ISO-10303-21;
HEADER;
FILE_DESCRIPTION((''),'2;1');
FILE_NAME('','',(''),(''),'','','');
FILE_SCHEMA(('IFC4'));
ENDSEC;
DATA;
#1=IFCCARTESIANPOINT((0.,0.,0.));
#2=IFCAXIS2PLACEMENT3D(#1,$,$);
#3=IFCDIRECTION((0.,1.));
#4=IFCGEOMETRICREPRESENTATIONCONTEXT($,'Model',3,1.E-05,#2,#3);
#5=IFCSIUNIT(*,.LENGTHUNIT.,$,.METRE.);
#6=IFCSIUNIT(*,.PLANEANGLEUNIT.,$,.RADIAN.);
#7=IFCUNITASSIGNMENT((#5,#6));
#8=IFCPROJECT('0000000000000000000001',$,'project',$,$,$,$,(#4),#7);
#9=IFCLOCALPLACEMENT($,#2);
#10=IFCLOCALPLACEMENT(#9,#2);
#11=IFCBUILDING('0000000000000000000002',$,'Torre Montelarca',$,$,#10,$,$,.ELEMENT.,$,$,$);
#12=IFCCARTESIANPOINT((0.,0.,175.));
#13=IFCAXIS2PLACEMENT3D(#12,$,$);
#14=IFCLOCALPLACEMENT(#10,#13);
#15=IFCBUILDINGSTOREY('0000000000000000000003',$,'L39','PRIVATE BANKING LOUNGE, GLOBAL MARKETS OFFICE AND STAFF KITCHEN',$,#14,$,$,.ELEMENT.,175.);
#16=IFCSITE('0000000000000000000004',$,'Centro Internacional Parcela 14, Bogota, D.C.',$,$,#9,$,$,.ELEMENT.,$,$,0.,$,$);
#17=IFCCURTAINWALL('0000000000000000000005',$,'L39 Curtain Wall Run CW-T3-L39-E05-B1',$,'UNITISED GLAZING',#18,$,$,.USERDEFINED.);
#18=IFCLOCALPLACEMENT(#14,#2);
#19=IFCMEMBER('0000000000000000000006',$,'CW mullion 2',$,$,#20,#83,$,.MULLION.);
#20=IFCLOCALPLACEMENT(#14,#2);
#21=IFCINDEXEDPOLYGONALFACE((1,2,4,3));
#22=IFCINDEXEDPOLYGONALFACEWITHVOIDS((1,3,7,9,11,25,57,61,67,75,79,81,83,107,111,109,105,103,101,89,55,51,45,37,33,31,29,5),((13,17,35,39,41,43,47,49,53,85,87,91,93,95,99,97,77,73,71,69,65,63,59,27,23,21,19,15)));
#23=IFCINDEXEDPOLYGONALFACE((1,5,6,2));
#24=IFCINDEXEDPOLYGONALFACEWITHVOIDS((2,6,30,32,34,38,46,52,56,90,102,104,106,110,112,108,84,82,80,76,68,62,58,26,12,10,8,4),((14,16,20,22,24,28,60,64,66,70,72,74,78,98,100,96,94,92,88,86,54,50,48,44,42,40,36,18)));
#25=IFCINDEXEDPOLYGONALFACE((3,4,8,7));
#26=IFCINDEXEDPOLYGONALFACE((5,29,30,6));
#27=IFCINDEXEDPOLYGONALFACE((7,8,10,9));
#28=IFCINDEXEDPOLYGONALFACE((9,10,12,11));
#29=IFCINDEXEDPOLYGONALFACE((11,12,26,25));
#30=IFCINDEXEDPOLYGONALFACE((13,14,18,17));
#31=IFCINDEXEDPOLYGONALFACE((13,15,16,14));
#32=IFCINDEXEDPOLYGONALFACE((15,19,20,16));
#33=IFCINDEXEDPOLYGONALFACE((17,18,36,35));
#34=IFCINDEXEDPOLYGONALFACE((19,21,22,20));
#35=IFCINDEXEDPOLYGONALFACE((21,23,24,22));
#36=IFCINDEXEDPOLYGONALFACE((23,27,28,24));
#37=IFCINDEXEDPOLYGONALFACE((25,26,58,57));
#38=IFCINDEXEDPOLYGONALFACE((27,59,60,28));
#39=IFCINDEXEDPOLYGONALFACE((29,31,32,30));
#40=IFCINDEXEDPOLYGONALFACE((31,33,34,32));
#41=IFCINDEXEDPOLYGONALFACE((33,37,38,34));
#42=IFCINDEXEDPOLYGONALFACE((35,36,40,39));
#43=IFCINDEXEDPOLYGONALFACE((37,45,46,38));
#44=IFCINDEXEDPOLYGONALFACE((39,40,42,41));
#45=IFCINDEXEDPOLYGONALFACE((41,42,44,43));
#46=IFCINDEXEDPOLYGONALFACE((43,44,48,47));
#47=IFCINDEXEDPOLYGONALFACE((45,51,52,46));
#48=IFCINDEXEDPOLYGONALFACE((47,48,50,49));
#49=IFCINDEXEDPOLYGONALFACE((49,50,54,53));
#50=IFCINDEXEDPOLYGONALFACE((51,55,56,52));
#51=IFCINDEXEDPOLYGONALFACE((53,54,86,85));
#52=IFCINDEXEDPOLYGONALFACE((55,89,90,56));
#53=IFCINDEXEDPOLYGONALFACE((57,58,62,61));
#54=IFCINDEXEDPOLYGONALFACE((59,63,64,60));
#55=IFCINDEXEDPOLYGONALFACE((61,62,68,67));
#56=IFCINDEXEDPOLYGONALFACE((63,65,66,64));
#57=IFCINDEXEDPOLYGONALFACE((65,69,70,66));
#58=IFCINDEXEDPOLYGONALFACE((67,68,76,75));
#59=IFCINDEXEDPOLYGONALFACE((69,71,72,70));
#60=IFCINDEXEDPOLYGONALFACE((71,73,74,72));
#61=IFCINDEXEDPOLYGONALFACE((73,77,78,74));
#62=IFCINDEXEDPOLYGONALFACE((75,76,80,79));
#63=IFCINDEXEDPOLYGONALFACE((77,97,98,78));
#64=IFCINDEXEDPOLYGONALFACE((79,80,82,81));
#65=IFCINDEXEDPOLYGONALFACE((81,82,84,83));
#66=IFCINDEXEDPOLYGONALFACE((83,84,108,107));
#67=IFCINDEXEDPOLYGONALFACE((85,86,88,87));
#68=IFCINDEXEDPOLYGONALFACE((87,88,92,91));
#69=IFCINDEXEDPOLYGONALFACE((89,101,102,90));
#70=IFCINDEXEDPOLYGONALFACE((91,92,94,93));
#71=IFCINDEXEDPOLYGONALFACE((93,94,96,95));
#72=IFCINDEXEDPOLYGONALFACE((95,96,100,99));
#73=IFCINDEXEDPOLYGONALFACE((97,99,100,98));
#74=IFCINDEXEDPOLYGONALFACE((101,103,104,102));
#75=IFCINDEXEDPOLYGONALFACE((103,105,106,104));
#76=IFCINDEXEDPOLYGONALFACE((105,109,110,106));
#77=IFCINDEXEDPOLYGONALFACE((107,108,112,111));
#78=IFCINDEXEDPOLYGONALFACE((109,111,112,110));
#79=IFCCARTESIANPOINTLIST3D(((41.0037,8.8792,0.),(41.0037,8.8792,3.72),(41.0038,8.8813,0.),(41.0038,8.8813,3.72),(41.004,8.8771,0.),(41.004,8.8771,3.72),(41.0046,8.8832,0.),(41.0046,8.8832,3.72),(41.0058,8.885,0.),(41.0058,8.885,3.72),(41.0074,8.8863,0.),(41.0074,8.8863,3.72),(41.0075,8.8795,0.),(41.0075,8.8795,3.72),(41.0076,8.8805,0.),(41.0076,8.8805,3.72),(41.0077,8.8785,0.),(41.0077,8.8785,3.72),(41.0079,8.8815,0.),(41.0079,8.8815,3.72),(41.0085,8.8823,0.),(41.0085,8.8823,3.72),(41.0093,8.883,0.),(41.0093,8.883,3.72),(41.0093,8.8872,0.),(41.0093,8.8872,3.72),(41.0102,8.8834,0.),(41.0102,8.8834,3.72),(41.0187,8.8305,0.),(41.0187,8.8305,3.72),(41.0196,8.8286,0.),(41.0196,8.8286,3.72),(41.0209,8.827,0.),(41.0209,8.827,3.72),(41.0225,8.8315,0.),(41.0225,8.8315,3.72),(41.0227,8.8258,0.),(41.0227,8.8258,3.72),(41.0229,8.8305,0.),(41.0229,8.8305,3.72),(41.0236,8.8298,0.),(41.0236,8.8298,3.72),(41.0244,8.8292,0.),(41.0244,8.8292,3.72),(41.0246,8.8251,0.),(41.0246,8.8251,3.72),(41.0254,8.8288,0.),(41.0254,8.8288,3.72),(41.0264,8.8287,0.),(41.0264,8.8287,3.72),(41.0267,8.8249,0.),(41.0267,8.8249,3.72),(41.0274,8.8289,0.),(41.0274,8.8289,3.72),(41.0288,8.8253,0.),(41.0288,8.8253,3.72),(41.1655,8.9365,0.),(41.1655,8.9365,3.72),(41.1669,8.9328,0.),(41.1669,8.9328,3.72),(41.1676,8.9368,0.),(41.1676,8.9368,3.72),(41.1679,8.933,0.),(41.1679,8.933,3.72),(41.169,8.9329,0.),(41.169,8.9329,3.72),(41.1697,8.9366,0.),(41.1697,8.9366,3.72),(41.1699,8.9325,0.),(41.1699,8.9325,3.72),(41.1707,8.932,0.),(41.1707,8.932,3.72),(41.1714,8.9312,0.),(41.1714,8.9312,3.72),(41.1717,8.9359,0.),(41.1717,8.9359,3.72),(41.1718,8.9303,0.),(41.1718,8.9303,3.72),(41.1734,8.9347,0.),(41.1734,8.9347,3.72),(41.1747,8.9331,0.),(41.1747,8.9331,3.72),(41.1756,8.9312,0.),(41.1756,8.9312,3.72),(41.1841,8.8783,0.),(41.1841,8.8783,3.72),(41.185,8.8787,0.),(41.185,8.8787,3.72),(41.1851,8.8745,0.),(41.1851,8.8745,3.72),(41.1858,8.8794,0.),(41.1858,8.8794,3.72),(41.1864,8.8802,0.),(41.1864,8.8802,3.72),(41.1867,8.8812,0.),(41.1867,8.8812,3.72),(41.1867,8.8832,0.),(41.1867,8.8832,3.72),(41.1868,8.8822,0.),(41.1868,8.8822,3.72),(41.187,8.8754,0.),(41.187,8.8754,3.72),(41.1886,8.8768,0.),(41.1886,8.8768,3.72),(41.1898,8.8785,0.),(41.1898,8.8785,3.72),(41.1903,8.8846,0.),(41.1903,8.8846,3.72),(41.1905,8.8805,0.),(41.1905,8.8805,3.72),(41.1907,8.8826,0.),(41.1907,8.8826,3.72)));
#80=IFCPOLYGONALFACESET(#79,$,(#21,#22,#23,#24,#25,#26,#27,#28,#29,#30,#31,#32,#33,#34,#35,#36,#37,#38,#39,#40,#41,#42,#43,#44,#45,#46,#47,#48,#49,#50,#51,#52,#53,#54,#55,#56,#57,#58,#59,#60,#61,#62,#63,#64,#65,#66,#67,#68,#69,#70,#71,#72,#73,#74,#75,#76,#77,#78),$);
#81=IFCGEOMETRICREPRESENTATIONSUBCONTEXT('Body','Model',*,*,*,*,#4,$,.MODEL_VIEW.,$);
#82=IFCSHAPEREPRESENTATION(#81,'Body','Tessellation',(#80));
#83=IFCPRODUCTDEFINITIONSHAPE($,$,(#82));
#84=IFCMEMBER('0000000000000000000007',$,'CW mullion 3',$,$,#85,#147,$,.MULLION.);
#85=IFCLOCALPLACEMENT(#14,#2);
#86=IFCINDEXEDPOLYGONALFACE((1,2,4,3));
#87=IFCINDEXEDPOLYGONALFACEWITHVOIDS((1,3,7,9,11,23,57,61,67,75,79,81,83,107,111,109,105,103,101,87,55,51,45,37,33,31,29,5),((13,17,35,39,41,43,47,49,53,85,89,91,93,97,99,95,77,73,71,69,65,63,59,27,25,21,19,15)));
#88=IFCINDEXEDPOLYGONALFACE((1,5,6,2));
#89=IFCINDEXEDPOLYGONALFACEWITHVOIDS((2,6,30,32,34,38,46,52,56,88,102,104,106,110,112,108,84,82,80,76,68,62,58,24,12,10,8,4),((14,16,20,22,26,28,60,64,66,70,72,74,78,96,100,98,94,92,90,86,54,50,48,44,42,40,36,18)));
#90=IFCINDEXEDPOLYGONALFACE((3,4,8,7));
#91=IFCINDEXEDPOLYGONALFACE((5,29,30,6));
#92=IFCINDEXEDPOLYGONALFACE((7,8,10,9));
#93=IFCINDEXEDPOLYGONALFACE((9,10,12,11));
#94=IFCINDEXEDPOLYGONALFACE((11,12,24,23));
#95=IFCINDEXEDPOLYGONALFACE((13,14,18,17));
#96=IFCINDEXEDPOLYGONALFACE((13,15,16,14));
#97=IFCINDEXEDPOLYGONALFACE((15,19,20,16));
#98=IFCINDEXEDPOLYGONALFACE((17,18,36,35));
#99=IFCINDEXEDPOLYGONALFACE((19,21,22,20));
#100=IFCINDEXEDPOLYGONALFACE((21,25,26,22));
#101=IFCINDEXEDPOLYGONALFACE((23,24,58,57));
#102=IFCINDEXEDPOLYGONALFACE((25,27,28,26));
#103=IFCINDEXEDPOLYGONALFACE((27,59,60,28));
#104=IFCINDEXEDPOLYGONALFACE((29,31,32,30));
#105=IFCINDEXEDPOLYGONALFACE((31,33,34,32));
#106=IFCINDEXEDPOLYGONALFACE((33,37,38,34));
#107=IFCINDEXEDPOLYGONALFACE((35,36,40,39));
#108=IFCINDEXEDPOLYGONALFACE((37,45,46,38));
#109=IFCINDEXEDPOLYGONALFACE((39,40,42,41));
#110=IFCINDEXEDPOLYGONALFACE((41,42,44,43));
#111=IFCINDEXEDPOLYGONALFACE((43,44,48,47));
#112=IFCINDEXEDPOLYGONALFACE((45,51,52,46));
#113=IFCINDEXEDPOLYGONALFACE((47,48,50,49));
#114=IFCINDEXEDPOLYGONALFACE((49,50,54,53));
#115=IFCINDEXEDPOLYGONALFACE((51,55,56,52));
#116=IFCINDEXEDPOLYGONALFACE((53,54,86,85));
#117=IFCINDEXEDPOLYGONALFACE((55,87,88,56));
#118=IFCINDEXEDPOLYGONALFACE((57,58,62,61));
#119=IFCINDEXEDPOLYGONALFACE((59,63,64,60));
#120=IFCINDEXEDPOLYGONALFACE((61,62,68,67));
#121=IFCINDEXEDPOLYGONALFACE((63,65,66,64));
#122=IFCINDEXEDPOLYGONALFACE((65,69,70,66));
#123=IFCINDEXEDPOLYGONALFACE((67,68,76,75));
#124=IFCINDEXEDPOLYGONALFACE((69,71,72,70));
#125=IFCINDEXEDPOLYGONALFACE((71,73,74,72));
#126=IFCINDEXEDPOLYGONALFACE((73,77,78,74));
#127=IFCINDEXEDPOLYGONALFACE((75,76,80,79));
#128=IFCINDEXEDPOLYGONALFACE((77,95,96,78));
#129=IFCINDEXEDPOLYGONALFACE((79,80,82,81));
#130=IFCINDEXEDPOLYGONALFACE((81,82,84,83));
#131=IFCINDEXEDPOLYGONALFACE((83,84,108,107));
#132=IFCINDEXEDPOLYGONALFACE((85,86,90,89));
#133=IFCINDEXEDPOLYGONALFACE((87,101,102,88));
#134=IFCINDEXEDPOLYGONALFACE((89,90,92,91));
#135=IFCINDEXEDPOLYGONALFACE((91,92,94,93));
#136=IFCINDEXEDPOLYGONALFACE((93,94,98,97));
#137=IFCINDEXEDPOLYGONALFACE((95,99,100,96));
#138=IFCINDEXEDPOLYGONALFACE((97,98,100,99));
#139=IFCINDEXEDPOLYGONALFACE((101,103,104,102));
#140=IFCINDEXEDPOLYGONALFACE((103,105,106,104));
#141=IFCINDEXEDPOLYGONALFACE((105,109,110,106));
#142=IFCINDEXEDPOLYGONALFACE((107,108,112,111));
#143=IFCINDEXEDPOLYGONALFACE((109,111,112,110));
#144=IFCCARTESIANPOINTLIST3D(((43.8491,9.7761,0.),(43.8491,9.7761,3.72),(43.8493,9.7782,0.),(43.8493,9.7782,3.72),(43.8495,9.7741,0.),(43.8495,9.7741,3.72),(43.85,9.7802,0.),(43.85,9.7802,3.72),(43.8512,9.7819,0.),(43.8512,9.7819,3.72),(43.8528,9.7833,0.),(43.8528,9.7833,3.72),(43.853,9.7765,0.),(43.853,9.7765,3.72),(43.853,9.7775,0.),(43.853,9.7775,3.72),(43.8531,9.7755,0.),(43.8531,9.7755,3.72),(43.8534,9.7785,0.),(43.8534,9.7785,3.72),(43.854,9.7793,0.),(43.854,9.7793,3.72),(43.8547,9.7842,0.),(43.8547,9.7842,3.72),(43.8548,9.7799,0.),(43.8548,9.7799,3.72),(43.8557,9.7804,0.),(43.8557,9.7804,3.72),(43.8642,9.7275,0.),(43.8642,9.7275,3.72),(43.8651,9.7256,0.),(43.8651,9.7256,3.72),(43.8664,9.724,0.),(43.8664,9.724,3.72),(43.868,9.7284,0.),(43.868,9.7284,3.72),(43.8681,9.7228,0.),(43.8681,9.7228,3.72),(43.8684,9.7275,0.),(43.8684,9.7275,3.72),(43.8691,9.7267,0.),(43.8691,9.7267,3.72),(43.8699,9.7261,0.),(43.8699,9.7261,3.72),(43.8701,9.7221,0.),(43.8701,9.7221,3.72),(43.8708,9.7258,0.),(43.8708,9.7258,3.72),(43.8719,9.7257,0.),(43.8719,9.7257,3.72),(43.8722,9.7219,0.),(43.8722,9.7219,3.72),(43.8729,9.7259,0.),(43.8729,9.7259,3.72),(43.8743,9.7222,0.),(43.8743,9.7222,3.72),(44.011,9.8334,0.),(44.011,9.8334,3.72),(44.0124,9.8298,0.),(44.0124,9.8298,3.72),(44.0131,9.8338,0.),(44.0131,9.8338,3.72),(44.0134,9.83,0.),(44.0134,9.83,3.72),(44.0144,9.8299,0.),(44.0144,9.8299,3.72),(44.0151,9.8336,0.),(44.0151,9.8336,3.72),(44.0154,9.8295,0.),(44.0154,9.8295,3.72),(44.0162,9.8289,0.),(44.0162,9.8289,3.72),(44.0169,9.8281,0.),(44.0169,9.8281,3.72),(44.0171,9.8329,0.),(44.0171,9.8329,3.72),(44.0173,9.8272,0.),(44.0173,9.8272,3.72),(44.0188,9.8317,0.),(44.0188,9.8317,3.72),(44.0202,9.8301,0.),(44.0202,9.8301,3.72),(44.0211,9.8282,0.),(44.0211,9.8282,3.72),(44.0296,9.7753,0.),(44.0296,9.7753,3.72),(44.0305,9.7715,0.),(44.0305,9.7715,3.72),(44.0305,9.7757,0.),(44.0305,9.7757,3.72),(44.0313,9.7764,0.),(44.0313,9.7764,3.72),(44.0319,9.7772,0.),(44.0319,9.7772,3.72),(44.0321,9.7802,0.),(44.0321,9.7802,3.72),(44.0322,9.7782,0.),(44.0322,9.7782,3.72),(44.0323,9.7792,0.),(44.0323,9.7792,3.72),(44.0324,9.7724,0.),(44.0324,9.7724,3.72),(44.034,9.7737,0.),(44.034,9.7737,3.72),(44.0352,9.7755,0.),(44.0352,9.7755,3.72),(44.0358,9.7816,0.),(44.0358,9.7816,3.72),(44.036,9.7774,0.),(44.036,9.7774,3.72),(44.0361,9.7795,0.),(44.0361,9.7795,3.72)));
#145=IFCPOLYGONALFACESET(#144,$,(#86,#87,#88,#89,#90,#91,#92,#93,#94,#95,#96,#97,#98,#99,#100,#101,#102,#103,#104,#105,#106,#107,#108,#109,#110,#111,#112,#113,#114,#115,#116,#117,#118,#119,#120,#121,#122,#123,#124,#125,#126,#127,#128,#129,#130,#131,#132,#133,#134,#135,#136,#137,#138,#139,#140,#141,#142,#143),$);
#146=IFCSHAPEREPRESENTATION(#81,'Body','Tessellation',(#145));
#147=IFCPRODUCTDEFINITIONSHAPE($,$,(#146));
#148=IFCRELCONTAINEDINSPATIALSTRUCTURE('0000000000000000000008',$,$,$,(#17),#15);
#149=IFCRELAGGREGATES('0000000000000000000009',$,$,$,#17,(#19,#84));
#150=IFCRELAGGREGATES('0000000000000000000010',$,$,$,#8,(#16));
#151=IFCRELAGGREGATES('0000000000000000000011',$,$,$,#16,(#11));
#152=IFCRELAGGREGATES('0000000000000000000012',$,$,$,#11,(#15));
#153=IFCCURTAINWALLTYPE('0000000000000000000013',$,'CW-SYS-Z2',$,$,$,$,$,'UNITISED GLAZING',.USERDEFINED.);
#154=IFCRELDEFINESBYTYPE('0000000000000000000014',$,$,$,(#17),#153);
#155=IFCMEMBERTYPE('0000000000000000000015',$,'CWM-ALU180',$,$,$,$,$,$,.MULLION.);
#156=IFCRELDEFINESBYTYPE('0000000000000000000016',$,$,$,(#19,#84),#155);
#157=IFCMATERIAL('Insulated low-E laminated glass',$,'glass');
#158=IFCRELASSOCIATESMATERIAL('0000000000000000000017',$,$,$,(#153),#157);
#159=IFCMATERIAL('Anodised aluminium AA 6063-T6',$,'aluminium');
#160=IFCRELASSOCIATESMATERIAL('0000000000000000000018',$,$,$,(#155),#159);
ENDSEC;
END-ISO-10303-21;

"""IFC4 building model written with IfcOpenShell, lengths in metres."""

from ifc_helpers import new_model, si_unit, direction, frame, origin, origin_2d, place, context, subcontext, project, spatial, hollow_rectangle, extrude, source, transform, mapped, material, material_profile, profile_set, type_object, element, aggregate, save


model = new_model("IFC4")

# Units and contexts
model_context = context("Model", 3, precision=1e-05, world=origin(), true_north=direction((0.0, 1.0)))
body_context = subcontext(model_context, "Body", "Model", "MODEL_VIEW")
ifc_project = project(units=[si_unit("LENGTHUNIT", "METRE"), si_unit("PLANEANGLEUNIT", "RADIAN")], contexts=[model_context])

# Site, building, storey
site_placement = place(None, origin())
site = spatial("IfcSite", under=ifc_project, at=site_placement, Name="Centro Internacional Parcela 14, Bogota, D.C.", CompositionType="ELEMENT", RefElevation=0.0)
building_placement = place(site_placement, origin())
building = spatial("IfcBuilding", under=site, at=building_placement, Name="Torre Montelarca", CompositionType="ELEMENT")
storey_placement = place(building_placement, frame((0.0, 0.0, 175.0)))
storey = spatial("IfcBuildingStorey", under=building, at=storey_placement, Name="L39", Description="PRIVATE BANKING LOUNGE, GLOBAL MARKETS OFFICE AND STAFF KITCHEN", CompositionType="ELEMENT", Elevation=175.0)

# Curtain wall
ifc_material_1 = material(Name="Insulated low-E laminated glass", Category="glass")
curtain_wall_type = type_object("IfcCurtainWallType", Name="CW-SYS-Z2", ElementType="UNITISED GLAZING", PredefinedType="USERDEFINED", material=ifc_material_1)
curtain_wall_1_placement = place(storey_placement, origin())
curtain_wall_1 = element("IfcCurtainWall", 1, at=curtain_wall_1_placement, inside=storey, type_object=curtain_wall_type, Name="L39 Curtain Wall Run CW-T3-L39-E05-B1", ObjectType="UNITISED GLAZING", PredefinedType="USERDEFINED")
ifc_material_2 = material(Name="Anodised aluminium AA 6063-T6", Category="aluminium")

# Shared definitions
ifc_material_profile_1 = material_profile(ifc_material_2, hollow_rectangle(XDim=0.0649, YDim=0.1799, WallThickness=0.0039, InnerFilletRadius=0.0039, OuterFilletRadius=0.0081, at=origin_2d()), Name="ALU65X180X4", Category="aluminium")
ifc_profile_set_1 = profile_set([ifc_material_profile_1], Name="Anodised aluminium AA 6063-T6")
member_type_1 = type_object("IfcMemberType", Name="CWM-ALU180", PredefinedType="MULLION", material=ifc_profile_set_1)
shared_shape_1 = source(origin(), body_context, "Body", "SweptSolid", [
    extrude(hollow_rectangle(XDim=0.0649, YDim=0.1799, WallThickness=0.0039, InnerFilletRadius=0.0039, OuterFilletRadius=0.0081, at=origin_2d()), origin(), (0.0, 0.0, 1.0), 3.72),
])

# Members
member_1_placement = place(storey_placement, frame((41.0972, 8.8809, 0.0), z_axis=(0.0, 0.0, 1.0), x_axis=(-0.300679, 0.953725, 0.0)))
member_1 = element("IfcMember", 2, at=member_1_placement, type_object=member_type_1, Name="CW mullion 2", PredefinedType="MULLION", context=body_context, shape_type="MappedRepresentation", body=[
    mapped(shared_shape_1, transform((0.0, 0.0, 0.0), scale=1.0)),
])
member_2_placement = place(storey_placement, frame((43.9426, 9.7778, 0.0), z_axis=(0.0, 0.0, 1.0), x_axis=(-0.300679, 0.953725, 0.0)))
member_2 = element("IfcMember", 3, at=member_2_placement, type_object=member_type_1, Name="CW mullion 3", PredefinedType="MULLION", context=body_context, shape_type="MappedRepresentation", body=[
    mapped(shared_shape_1, transform((0.0, 0.0, 0.0), scale=1.0)),
])

aggregate(curtain_wall_1, [member_1, member_2])

save(model, "model.ifc")
